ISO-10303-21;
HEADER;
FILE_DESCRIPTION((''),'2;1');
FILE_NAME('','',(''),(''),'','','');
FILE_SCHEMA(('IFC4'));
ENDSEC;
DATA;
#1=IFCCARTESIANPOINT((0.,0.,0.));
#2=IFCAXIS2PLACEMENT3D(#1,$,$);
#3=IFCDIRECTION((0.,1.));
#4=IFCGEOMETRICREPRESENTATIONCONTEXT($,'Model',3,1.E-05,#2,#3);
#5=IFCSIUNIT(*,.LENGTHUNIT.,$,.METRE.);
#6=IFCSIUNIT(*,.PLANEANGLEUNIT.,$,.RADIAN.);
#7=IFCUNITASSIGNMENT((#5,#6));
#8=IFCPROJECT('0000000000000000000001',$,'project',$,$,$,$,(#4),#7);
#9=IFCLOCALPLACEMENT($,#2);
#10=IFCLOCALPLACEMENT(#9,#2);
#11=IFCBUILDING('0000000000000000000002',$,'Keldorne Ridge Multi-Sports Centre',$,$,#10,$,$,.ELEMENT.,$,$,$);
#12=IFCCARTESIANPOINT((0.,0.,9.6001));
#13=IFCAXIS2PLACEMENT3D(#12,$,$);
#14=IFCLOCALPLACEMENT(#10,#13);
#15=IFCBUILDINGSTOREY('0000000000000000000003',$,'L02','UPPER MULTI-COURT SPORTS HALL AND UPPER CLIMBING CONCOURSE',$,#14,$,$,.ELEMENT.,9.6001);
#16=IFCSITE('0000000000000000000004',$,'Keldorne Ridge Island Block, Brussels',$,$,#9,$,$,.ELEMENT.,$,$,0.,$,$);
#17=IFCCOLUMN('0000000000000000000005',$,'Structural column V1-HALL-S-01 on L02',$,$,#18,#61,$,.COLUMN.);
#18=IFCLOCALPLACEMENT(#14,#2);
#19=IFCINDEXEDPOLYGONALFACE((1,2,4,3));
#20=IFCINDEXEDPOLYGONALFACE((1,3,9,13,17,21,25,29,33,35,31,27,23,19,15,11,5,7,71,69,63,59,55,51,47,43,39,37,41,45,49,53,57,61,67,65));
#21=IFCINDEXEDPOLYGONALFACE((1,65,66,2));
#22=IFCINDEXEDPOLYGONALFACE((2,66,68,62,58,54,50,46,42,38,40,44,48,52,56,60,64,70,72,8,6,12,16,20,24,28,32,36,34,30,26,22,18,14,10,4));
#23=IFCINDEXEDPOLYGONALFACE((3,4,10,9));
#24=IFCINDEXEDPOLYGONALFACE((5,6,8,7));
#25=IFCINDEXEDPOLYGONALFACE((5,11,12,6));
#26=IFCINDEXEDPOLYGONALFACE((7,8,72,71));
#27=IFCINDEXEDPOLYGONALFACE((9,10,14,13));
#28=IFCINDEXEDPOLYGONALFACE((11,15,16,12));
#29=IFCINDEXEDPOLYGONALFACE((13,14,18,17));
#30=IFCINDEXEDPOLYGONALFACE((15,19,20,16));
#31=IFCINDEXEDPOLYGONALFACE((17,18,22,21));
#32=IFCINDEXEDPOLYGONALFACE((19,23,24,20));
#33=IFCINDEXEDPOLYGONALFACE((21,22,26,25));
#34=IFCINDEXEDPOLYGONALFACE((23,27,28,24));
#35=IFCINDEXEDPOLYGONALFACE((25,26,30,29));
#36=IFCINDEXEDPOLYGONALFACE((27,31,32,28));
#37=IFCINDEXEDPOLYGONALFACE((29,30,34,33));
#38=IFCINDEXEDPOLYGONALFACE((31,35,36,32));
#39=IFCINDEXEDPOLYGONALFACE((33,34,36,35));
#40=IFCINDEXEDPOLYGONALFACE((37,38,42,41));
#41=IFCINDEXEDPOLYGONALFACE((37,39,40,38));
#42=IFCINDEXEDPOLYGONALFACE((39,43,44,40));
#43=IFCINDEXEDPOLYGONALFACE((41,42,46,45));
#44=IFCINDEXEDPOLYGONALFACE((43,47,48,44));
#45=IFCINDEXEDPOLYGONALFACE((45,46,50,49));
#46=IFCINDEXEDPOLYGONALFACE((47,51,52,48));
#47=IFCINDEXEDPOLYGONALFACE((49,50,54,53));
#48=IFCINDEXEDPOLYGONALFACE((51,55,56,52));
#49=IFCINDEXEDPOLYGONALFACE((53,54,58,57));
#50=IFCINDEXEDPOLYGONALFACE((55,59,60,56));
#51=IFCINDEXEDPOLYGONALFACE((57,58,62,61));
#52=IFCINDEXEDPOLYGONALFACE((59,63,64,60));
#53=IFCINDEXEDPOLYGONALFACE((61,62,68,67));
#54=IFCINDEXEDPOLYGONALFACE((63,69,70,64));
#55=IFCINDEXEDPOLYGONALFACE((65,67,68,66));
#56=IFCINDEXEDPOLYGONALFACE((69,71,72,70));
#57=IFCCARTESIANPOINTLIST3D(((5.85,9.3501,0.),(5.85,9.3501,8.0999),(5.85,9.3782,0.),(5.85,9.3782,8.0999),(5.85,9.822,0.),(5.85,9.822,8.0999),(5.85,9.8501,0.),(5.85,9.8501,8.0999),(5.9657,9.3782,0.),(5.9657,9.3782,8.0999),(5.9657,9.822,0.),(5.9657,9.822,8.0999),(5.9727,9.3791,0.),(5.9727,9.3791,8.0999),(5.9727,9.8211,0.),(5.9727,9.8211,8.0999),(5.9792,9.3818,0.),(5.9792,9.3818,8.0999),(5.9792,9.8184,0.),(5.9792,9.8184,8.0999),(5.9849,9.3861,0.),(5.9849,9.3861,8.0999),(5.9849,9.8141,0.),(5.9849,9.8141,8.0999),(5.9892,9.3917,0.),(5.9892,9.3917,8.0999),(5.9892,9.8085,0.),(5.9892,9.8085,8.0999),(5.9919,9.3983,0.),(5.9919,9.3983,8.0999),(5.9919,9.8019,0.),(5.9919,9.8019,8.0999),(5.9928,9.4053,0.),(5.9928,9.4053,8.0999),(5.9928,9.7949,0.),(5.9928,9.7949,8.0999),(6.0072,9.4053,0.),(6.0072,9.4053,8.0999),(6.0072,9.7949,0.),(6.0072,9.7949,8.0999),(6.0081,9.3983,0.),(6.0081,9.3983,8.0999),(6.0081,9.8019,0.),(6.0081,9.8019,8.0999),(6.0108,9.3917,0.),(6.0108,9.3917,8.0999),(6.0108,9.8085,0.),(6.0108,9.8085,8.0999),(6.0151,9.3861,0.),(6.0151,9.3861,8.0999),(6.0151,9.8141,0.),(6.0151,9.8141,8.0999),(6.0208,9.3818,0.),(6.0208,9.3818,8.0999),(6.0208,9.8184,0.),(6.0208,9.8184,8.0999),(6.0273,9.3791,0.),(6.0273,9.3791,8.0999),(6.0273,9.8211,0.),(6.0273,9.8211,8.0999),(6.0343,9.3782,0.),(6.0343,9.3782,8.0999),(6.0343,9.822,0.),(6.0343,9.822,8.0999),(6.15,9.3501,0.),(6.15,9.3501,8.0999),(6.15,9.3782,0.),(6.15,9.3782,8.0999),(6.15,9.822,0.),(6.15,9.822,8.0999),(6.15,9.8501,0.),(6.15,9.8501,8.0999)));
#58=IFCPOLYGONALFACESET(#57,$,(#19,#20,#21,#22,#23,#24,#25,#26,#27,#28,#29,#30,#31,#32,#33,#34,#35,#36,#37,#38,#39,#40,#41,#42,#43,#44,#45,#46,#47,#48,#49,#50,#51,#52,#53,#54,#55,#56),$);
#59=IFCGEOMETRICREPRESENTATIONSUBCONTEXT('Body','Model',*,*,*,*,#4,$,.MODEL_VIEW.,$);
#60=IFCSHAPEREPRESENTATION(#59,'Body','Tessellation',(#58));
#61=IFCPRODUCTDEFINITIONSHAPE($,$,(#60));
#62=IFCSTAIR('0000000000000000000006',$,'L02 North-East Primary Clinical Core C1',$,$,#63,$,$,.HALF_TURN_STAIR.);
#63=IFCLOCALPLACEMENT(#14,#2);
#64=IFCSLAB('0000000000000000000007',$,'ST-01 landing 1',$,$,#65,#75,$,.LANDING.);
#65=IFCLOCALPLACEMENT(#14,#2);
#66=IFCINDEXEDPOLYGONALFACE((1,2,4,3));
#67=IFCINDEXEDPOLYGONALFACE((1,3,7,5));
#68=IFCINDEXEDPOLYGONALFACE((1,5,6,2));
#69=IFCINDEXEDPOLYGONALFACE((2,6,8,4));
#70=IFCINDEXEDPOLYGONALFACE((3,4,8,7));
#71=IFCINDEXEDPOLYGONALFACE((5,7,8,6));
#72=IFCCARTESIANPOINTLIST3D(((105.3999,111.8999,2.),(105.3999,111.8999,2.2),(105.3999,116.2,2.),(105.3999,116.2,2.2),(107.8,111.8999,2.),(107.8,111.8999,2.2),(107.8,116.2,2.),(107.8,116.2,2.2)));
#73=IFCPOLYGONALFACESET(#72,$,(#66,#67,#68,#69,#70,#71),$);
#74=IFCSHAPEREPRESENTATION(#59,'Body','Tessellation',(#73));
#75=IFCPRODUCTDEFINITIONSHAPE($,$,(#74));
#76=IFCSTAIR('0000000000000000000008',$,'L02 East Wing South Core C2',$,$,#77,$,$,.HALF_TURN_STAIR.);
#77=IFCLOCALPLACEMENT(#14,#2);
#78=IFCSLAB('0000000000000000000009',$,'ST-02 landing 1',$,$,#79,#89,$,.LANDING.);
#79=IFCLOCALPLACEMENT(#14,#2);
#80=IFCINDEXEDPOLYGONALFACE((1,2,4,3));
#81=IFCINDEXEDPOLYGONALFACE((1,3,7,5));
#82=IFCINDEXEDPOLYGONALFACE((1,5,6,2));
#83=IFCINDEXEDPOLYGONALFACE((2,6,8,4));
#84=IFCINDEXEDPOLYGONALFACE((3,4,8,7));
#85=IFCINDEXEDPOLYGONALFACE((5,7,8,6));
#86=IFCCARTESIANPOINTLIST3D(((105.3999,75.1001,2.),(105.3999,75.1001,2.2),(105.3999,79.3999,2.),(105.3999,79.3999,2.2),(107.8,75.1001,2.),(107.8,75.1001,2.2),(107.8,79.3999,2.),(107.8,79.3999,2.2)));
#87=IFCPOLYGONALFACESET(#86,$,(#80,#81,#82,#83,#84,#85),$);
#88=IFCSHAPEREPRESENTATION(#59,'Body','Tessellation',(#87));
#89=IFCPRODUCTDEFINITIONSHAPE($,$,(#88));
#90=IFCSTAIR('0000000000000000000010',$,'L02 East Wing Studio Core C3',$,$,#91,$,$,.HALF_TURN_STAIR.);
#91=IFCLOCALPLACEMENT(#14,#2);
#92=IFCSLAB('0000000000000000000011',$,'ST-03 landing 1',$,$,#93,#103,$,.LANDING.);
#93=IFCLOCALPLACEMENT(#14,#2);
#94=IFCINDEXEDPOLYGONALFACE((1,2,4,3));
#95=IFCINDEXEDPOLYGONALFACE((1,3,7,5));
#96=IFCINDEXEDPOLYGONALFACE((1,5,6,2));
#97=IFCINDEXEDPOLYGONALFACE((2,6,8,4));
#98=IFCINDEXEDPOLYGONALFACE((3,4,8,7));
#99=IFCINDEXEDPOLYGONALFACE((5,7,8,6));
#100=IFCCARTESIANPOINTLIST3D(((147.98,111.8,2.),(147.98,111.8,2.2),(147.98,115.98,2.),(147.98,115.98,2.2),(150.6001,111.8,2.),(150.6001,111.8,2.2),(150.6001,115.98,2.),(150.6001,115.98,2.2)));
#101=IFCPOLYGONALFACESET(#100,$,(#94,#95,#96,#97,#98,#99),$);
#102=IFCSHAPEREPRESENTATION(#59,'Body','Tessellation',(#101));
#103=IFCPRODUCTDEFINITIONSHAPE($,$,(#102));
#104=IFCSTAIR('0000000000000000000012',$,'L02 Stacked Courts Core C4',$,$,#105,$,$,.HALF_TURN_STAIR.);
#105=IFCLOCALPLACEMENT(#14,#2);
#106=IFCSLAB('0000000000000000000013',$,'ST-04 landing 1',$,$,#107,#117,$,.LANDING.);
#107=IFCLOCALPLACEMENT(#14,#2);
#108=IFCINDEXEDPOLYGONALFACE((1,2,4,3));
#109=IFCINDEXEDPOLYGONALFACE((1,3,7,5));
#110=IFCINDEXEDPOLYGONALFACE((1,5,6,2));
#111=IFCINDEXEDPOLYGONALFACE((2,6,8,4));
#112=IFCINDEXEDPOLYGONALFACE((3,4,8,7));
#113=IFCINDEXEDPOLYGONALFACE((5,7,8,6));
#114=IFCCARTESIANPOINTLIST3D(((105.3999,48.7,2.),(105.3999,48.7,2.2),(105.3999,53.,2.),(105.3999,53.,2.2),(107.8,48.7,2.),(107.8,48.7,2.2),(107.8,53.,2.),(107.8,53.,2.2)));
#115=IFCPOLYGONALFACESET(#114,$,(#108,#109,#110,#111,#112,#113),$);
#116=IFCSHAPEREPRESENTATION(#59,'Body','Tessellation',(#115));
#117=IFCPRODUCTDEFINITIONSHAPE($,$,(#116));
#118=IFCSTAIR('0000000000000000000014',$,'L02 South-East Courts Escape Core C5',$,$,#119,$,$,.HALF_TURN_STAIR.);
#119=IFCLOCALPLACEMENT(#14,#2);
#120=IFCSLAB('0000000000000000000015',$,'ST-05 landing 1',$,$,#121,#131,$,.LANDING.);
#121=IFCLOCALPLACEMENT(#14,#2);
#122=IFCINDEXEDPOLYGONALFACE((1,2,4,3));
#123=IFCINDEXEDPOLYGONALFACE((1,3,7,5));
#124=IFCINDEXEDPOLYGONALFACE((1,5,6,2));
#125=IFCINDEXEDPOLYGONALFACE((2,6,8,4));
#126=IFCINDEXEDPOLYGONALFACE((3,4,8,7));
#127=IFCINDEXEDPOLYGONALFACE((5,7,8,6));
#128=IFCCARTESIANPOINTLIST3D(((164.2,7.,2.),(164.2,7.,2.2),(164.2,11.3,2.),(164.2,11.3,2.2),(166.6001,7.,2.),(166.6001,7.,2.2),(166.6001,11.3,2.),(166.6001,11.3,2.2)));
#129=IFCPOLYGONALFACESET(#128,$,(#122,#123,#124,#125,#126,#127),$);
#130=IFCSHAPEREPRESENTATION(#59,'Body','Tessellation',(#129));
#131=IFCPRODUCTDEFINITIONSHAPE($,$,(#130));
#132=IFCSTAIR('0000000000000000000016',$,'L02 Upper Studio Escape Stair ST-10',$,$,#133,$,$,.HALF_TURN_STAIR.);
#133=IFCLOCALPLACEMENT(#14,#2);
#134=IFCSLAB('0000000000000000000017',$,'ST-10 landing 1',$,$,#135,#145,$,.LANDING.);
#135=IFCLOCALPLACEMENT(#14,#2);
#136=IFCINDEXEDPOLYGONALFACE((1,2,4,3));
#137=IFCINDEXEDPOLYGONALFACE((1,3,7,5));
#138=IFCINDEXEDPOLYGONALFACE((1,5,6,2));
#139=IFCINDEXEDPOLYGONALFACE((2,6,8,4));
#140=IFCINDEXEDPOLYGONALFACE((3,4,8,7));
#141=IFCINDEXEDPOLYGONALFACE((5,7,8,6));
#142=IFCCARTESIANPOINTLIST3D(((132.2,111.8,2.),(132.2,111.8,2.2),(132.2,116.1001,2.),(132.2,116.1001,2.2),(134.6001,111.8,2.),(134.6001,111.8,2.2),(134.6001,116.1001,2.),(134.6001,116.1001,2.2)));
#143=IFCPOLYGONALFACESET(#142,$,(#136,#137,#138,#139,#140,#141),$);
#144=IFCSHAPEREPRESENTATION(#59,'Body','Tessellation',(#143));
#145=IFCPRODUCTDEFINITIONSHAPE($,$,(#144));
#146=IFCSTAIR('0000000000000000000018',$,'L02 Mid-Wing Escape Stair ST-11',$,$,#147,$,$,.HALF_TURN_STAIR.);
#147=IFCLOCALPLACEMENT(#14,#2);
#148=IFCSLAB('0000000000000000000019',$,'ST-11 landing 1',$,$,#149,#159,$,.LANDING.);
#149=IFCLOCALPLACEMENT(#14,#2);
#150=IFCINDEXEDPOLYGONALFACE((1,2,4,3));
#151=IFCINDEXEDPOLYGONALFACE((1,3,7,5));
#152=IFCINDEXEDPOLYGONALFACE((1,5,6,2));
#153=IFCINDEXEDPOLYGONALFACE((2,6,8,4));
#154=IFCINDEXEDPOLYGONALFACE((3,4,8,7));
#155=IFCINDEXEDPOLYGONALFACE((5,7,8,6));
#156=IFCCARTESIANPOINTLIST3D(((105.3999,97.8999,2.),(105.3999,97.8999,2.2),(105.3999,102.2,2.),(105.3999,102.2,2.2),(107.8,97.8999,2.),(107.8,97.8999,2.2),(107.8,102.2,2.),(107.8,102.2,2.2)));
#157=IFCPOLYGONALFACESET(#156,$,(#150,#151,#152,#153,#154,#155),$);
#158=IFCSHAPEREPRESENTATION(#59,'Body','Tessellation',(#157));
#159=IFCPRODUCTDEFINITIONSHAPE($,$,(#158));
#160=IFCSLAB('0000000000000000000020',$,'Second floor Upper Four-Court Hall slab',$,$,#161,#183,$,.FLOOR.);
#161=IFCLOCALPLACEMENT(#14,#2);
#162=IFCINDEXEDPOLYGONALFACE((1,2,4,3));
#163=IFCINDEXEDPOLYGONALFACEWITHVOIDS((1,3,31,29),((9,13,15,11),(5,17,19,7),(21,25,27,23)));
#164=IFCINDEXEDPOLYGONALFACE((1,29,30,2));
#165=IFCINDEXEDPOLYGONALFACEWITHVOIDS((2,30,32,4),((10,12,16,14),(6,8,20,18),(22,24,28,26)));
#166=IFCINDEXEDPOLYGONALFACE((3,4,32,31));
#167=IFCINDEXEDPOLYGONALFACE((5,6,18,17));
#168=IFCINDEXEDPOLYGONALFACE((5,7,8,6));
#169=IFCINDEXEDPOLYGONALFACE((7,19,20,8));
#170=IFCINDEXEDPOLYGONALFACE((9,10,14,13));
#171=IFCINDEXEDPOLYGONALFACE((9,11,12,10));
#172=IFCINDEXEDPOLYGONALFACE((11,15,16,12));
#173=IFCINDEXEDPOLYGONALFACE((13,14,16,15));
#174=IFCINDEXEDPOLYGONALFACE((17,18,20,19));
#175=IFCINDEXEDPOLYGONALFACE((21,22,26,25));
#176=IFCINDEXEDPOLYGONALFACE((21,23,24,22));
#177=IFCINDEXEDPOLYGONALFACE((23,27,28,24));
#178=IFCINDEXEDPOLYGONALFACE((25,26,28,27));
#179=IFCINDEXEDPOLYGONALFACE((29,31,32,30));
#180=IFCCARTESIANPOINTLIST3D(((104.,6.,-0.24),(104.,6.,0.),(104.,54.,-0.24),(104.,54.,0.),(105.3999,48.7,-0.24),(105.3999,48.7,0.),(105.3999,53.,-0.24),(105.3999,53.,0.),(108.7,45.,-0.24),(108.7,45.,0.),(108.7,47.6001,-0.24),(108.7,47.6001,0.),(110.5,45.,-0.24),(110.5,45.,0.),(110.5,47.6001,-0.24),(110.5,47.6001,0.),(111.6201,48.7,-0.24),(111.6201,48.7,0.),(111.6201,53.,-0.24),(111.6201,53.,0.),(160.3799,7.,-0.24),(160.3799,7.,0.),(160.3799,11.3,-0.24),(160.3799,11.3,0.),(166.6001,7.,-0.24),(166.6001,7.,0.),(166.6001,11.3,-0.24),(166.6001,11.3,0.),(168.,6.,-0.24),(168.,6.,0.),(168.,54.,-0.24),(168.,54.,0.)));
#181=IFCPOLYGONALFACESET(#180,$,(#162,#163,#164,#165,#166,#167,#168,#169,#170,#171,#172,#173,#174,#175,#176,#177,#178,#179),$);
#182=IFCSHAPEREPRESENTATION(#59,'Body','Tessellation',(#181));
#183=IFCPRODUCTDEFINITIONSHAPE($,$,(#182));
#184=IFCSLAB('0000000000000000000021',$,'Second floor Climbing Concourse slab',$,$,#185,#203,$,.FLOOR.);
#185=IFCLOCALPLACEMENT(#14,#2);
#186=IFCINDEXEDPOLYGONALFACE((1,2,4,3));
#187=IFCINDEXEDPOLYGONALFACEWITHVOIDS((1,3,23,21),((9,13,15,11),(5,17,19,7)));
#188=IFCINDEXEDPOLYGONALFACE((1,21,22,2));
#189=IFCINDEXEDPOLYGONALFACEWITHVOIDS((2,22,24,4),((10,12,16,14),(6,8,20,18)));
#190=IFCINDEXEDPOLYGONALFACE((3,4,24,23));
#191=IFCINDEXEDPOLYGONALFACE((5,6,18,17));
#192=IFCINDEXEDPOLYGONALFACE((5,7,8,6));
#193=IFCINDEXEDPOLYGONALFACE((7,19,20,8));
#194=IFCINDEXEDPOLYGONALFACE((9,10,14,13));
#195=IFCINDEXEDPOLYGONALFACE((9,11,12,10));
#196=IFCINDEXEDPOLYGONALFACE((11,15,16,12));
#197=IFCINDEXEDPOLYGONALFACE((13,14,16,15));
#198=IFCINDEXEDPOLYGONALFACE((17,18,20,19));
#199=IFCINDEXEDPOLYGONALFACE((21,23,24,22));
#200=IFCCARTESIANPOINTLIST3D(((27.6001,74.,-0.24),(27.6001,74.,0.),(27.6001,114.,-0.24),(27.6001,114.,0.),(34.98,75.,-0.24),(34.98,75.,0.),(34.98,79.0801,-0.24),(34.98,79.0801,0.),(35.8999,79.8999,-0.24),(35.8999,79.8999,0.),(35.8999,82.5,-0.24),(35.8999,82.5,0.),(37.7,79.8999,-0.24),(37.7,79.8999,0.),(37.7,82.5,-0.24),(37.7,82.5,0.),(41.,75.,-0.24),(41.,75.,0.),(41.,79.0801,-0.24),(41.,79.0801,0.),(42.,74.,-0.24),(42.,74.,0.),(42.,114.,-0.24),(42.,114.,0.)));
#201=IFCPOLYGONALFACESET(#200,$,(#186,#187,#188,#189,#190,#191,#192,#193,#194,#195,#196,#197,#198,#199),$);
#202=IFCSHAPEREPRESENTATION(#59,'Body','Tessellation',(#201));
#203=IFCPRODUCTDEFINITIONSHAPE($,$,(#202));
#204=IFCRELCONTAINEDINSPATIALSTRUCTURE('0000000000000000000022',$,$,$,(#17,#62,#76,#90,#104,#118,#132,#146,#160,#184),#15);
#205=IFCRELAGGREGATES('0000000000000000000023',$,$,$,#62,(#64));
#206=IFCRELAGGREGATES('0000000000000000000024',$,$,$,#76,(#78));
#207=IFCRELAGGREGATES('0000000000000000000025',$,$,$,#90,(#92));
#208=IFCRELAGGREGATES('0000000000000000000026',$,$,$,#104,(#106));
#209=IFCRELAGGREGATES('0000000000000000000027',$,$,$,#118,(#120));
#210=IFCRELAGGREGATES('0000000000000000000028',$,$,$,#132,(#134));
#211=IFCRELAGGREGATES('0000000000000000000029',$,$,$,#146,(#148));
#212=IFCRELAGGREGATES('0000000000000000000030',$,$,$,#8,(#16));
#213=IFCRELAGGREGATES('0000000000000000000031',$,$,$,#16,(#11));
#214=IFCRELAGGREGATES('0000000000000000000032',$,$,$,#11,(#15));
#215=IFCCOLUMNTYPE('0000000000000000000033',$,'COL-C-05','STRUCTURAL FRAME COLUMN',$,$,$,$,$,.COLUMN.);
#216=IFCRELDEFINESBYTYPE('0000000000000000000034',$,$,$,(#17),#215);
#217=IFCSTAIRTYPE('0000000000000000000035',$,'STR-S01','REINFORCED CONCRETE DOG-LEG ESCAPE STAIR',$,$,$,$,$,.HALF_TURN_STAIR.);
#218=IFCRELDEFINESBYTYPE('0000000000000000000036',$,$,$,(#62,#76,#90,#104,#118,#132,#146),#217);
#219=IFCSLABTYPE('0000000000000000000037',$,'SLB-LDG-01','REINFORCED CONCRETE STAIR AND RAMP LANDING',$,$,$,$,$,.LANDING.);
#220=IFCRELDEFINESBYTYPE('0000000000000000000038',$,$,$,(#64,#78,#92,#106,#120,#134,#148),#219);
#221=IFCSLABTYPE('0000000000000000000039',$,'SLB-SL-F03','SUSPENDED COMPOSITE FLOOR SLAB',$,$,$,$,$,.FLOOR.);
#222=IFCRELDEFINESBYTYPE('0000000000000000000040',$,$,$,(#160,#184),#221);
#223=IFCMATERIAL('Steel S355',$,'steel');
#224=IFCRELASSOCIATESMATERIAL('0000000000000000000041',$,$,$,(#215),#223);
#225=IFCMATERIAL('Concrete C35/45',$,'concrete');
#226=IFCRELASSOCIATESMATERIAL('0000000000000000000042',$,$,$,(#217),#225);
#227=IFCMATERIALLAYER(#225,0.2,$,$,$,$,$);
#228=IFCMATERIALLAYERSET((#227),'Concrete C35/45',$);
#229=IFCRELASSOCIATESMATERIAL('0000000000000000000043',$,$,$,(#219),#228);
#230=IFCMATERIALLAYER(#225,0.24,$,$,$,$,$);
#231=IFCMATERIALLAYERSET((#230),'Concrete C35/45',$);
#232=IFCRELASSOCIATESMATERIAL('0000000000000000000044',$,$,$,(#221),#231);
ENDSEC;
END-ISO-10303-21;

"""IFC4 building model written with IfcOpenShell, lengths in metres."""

from ifc_helpers import new_model, si_unit, direction, frame, origin, origin_2d, place, context, subcontext, project, spatial, polyline, i_section, outline, extrude, material, layer, layer_set, material_profile, profile_set, type_object, element, aggregate, save


model = new_model("IFC4")

# Units and contexts
model_context = context("Model", 3, precision=1e-05, world=origin(), true_north=direction((0.0, 1.0)))
body_context = subcontext(model_context, "Body", "Model", "MODEL_VIEW")
ifc_project = project(units=[si_unit("LENGTHUNIT", "METRE"), si_unit("PLANEANGLEUNIT", "RADIAN")], contexts=[model_context])

# Site, building, storey
site_placement = place(None, origin())
site = spatial("IfcSite", under=ifc_project, at=site_placement, Name="Keldorne Ridge Island Block, Brussels", CompositionType="ELEMENT", RefElevation=0.0)
building_placement = place(site_placement, origin())
building = spatial("IfcBuilding", under=site, at=building_placement, Name="Keldorne Ridge Multi-Sports Centre", CompositionType="ELEMENT")
storey_placement = place(building_placement, frame((0.0, 0.0, 9.6001)))
storey = spatial("IfcBuildingStorey", under=building, at=storey_placement, Name="L02", Description="UPPER MULTI-COURT SPORTS HALL AND UPPER CLIMBING CONCOURSE", CompositionType="ELEMENT", Elevation=9.6001)

# Column
ifc_material_1 = material(Name="Steel S355", Category="steel")
ifc_material_profile = material_profile(ifc_material_1, i_section(OverallWidth=0.3, OverallDepth=0.5, WebThickness=0.0144, FlangeThickness=0.0281, FilletRadius=0.0271, at=origin_2d()), Name="HEB 500")
ifc_profile_set = profile_set([ifc_material_profile], Name="Steel S355")
column_type = type_object("IfcColumnType", Name="COL-C-05", Description="STRUCTURAL FRAME COLUMN", PredefinedType="COLUMN", material=ifc_profile_set)
column_placement = place(storey_placement, frame((6.0, 9.6001, 0.0), z_axis=(0.0, 0.0, 1.0), x_axis=(1.0, 0.0, 0.0)))
element("IfcColumn", 1, at=column_placement, inside=storey, type_object=column_type, Name="Structural column V1-HALL-S-01 on L02", PredefinedType="COLUMN", context=body_context, shape_type="SweptSolid", body=[
    extrude(i_section(OverallWidth=0.3, OverallDepth=0.5, WebThickness=0.0144, FlangeThickness=0.0281, FilletRadius=0.0271, at=origin_2d()), origin(), (0.0, 0.0, 1.0), 8.0999),
])

# Stairs, slabs
ifc_material_2 = material(Name="Concrete C35/45", Category="concrete")
stair_type = type_object("IfcStairType", Name="STR-S01", Description="REINFORCED CONCRETE DOG-LEG ESCAPE STAIR", PredefinedType="HALF_TURN_STAIR", material=ifc_material_2)
stair_1_placement = place(storey_placement, origin())
stair_1 = element("IfcStair", 2, at=stair_1_placement, inside=storey, type_object=stair_type, Name="L02 North-East Primary Clinical Core C1", PredefinedType="HALF_TURN_STAIR")
ifc_layer_1 = layer(ifc_material_2, 0.2)
ifc_layer_set_1 = layer_set([ifc_layer_1], Name="Concrete C35/45")
slab_type_1 = type_object("IfcSlabType", Name="SLB-LDG-01", Description="REINFORCED CONCRETE STAIR AND RAMP LANDING", PredefinedType="LANDING", material=ifc_layer_set_1)
slab_1_placement = place(storey_placement, frame((0.0, 0.0, 2.0)))
slab_1 = element("IfcSlab", 3, at=slab_1_placement, type_object=slab_type_1, Name="ST-01 landing 1", PredefinedType="LANDING", context=body_context, shape_type="SweptSolid", body=[
    extrude(outline(polyline([(107.8, 116.2), (105.3999, 116.2), (105.3999, 111.8999), (107.8, 111.8999), (107.8, 116.2)])), origin(), (0.0, 0.0, 1.0), 0.2),
])
aggregate(stair_1, [slab_1])
stair_2_placement = place(storey_placement, origin())
stair_2 = element("IfcStair", 4, at=stair_2_placement, inside=storey, type_object=stair_type, Name="L02 East Wing South Core C2", PredefinedType="HALF_TURN_STAIR")
slab_2_placement = place(storey_placement, frame((0.0, 0.0, 2.0)))
slab_2 = element("IfcSlab", 5, at=slab_2_placement, type_object=slab_type_1, Name="ST-02 landing 1", PredefinedType="LANDING", context=body_context, shape_type="SweptSolid", body=[
    extrude(outline(polyline([(107.8, 79.3999), (105.3999, 79.3999), (105.3999, 75.1001), (107.8, 75.1001), (107.8, 79.3999)])), origin(), (0.0, 0.0, 1.0), 0.2),
])
aggregate(stair_2, [slab_2])
stair_3_placement = place(storey_placement, origin())
stair_3 = element("IfcStair", 6, at=stair_3_placement, inside=storey, type_object=stair_type, Name="L02 East Wing Studio Core C3", PredefinedType="HALF_TURN_STAIR")
slab_3_placement = place(storey_placement, frame((0.0, 0.0, 2.0)))
slab_3 = element("IfcSlab", 7, at=slab_3_placement, type_object=slab_type_1, Name="ST-03 landing 1", PredefinedType="LANDING", context=body_context, shape_type="SweptSolid", body=[
    extrude(outline(polyline([(147.98, 111.8), (150.6001, 111.8), (150.6001, 115.98), (147.98, 115.98), (147.98, 111.8)])), origin(), (0.0, 0.0, 1.0), 0.2),
])
aggregate(stair_3, [slab_3])
stair_4_placement = place(storey_placement, origin())
stair_4 = element("IfcStair", 8, at=stair_4_placement, inside=storey, type_object=stair_type, Name="L02 Stacked Courts Core C4", PredefinedType="HALF_TURN_STAIR")
slab_4_placement = place(storey_placement, frame((0.0, 0.0, 2.0)))
slab_4 = element("IfcSlab", 9, at=slab_4_placement, type_object=slab_type_1, Name="ST-04 landing 1", PredefinedType="LANDING", context=body_context, shape_type="SweptSolid", body=[
    extrude(outline(polyline([(107.8, 53.0), (105.3999, 53.0), (105.3999, 48.7), (107.8, 48.7), (107.8, 53.0)])), origin(), (0.0, 0.0, 1.0), 0.2),
])
aggregate(stair_4, [slab_4])
stair_5_placement = place(storey_placement, origin())
stair_5 = element("IfcStair", 10, at=stair_5_placement, inside=storey, type_object=stair_type, Name="L02 South-East Courts Escape Core C5", PredefinedType="HALF_TURN_STAIR")
slab_5_placement = place(storey_placement, frame((0.0, 0.0, 2.0)))
slab_5 = element("IfcSlab", 11, at=slab_5_placement, type_object=slab_type_1, Name="ST-05 landing 1", PredefinedType="LANDING", context=body_context, shape_type="SweptSolid", body=[
    extrude(outline(polyline([(164.2, 7.0), (166.6001, 7.0), (166.6001, 11.3), (164.2, 11.3), (164.2, 7.0)])), origin(), (0.0, 0.0, 1.0), 0.2),
])
aggregate(stair_5, [slab_5])
stair_6_placement = place(storey_placement, origin())
stair_6 = element("IfcStair", 12, at=stair_6_placement, inside=storey, type_object=stair_type, Name="L02 Upper Studio Escape Stair ST-10", PredefinedType="HALF_TURN_STAIR")
slab_6_placement = place(storey_placement, frame((0.0, 0.0, 2.0)))
slab_6 = element("IfcSlab", 13, at=slab_6_placement, type_object=slab_type_1, Name="ST-10 landing 1", PredefinedType="LANDING", context=body_context, shape_type="SweptSolid", body=[
    extrude(outline(polyline([(132.2, 111.8), (134.6001, 111.8), (134.6001, 116.1001), (132.2, 116.1001), (132.2, 111.8)])), origin(), (0.0, 0.0, 1.0), 0.2),
])
aggregate(stair_6, [slab_6])
stair_7_placement = place(storey_placement, origin())
stair_7 = element("IfcStair", 14, at=stair_7_placement, inside=storey, type_object=stair_type, Name="L02 Mid-Wing Escape Stair ST-11", PredefinedType="HALF_TURN_STAIR")
slab_7_placement = place(storey_placement, frame((0.0, 0.0, 2.0)))
slab_7 = element("IfcSlab", 15, at=slab_7_placement, type_object=slab_type_1, Name="ST-11 landing 1", PredefinedType="LANDING", context=body_context, shape_type="SweptSolid", body=[
    extrude(outline(polyline([(107.8, 102.2), (105.3999, 102.2), (105.3999, 97.8999), (107.8, 97.8999), (107.8, 102.2)])), origin(), (0.0, 0.0, 1.0), 0.2),
])
aggregate(stair_7, [slab_7])

# Slabs
ifc_layer_2 = layer(ifc_material_2, 0.24)
ifc_layer_set_2 = layer_set([ifc_layer_2], Name="Concrete C35/45")
slab_type_2 = type_object("IfcSlabType", Name="SLB-SL-F03", Description="SUSPENDED COMPOSITE FLOOR SLAB", PredefinedType="FLOOR", material=ifc_layer_set_2)
slab_8_placement = place(storey_placement, frame((0.0, 0.0, -0.24)))
element("IfcSlab", 16, at=slab_8_placement, inside=storey, type_object=slab_type_2, Name="Second floor Upper Four-Court Hall slab", PredefinedType="FLOOR", context=body_context, shape_type="SweptSolid", body=[
    extrude(outline(polyline([(104.0, 6.0), (168.0, 6.0), (168.0, 54.0), (104.0, 54.0), (104.0, 6.0)]), holes=[polyline([(105.3999, 48.7), (105.3999, 53.0), (111.6201, 53.0), (111.6201, 48.7), (105.3999, 48.7)]), polyline([(160.3799, 7.0), (160.3799, 11.3), (166.6001, 11.3), (166.6001, 7.0), (160.3799, 7.0)]), polyline([(108.7, 45.0), (108.7, 47.6001), (110.5, 47.6001), (110.5, 45.0), (108.7, 45.0)])]), origin(), (0.0, 0.0, 1.0), 0.24),
])
slab_9_placement = place(storey_placement, frame((0.0, 0.0, -0.24)))
element("IfcSlab", 17, at=slab_9_placement, inside=storey, type_object=slab_type_2, Name="Second floor Climbing Concourse slab", PredefinedType="FLOOR", context=body_context, shape_type="SweptSolid", body=[
    extrude(outline(polyline([(27.6001, 74.0), (42.0, 74.0), (42.0, 114.0), (27.6001, 114.0), (27.6001, 74.0)]), holes=[polyline([(34.98, 75.0), (34.98, 79.0801), (41.0, 79.0801), (41.0, 75.0), (34.98, 75.0)]), polyline([(35.8999, 79.8999), (35.8999, 82.5), (37.7, 82.5), (37.7, 79.8999), (35.8999, 79.8999)])]), origin(), (0.0, 0.0, 1.0), 0.24),
])

save(model, "model.ifc")
